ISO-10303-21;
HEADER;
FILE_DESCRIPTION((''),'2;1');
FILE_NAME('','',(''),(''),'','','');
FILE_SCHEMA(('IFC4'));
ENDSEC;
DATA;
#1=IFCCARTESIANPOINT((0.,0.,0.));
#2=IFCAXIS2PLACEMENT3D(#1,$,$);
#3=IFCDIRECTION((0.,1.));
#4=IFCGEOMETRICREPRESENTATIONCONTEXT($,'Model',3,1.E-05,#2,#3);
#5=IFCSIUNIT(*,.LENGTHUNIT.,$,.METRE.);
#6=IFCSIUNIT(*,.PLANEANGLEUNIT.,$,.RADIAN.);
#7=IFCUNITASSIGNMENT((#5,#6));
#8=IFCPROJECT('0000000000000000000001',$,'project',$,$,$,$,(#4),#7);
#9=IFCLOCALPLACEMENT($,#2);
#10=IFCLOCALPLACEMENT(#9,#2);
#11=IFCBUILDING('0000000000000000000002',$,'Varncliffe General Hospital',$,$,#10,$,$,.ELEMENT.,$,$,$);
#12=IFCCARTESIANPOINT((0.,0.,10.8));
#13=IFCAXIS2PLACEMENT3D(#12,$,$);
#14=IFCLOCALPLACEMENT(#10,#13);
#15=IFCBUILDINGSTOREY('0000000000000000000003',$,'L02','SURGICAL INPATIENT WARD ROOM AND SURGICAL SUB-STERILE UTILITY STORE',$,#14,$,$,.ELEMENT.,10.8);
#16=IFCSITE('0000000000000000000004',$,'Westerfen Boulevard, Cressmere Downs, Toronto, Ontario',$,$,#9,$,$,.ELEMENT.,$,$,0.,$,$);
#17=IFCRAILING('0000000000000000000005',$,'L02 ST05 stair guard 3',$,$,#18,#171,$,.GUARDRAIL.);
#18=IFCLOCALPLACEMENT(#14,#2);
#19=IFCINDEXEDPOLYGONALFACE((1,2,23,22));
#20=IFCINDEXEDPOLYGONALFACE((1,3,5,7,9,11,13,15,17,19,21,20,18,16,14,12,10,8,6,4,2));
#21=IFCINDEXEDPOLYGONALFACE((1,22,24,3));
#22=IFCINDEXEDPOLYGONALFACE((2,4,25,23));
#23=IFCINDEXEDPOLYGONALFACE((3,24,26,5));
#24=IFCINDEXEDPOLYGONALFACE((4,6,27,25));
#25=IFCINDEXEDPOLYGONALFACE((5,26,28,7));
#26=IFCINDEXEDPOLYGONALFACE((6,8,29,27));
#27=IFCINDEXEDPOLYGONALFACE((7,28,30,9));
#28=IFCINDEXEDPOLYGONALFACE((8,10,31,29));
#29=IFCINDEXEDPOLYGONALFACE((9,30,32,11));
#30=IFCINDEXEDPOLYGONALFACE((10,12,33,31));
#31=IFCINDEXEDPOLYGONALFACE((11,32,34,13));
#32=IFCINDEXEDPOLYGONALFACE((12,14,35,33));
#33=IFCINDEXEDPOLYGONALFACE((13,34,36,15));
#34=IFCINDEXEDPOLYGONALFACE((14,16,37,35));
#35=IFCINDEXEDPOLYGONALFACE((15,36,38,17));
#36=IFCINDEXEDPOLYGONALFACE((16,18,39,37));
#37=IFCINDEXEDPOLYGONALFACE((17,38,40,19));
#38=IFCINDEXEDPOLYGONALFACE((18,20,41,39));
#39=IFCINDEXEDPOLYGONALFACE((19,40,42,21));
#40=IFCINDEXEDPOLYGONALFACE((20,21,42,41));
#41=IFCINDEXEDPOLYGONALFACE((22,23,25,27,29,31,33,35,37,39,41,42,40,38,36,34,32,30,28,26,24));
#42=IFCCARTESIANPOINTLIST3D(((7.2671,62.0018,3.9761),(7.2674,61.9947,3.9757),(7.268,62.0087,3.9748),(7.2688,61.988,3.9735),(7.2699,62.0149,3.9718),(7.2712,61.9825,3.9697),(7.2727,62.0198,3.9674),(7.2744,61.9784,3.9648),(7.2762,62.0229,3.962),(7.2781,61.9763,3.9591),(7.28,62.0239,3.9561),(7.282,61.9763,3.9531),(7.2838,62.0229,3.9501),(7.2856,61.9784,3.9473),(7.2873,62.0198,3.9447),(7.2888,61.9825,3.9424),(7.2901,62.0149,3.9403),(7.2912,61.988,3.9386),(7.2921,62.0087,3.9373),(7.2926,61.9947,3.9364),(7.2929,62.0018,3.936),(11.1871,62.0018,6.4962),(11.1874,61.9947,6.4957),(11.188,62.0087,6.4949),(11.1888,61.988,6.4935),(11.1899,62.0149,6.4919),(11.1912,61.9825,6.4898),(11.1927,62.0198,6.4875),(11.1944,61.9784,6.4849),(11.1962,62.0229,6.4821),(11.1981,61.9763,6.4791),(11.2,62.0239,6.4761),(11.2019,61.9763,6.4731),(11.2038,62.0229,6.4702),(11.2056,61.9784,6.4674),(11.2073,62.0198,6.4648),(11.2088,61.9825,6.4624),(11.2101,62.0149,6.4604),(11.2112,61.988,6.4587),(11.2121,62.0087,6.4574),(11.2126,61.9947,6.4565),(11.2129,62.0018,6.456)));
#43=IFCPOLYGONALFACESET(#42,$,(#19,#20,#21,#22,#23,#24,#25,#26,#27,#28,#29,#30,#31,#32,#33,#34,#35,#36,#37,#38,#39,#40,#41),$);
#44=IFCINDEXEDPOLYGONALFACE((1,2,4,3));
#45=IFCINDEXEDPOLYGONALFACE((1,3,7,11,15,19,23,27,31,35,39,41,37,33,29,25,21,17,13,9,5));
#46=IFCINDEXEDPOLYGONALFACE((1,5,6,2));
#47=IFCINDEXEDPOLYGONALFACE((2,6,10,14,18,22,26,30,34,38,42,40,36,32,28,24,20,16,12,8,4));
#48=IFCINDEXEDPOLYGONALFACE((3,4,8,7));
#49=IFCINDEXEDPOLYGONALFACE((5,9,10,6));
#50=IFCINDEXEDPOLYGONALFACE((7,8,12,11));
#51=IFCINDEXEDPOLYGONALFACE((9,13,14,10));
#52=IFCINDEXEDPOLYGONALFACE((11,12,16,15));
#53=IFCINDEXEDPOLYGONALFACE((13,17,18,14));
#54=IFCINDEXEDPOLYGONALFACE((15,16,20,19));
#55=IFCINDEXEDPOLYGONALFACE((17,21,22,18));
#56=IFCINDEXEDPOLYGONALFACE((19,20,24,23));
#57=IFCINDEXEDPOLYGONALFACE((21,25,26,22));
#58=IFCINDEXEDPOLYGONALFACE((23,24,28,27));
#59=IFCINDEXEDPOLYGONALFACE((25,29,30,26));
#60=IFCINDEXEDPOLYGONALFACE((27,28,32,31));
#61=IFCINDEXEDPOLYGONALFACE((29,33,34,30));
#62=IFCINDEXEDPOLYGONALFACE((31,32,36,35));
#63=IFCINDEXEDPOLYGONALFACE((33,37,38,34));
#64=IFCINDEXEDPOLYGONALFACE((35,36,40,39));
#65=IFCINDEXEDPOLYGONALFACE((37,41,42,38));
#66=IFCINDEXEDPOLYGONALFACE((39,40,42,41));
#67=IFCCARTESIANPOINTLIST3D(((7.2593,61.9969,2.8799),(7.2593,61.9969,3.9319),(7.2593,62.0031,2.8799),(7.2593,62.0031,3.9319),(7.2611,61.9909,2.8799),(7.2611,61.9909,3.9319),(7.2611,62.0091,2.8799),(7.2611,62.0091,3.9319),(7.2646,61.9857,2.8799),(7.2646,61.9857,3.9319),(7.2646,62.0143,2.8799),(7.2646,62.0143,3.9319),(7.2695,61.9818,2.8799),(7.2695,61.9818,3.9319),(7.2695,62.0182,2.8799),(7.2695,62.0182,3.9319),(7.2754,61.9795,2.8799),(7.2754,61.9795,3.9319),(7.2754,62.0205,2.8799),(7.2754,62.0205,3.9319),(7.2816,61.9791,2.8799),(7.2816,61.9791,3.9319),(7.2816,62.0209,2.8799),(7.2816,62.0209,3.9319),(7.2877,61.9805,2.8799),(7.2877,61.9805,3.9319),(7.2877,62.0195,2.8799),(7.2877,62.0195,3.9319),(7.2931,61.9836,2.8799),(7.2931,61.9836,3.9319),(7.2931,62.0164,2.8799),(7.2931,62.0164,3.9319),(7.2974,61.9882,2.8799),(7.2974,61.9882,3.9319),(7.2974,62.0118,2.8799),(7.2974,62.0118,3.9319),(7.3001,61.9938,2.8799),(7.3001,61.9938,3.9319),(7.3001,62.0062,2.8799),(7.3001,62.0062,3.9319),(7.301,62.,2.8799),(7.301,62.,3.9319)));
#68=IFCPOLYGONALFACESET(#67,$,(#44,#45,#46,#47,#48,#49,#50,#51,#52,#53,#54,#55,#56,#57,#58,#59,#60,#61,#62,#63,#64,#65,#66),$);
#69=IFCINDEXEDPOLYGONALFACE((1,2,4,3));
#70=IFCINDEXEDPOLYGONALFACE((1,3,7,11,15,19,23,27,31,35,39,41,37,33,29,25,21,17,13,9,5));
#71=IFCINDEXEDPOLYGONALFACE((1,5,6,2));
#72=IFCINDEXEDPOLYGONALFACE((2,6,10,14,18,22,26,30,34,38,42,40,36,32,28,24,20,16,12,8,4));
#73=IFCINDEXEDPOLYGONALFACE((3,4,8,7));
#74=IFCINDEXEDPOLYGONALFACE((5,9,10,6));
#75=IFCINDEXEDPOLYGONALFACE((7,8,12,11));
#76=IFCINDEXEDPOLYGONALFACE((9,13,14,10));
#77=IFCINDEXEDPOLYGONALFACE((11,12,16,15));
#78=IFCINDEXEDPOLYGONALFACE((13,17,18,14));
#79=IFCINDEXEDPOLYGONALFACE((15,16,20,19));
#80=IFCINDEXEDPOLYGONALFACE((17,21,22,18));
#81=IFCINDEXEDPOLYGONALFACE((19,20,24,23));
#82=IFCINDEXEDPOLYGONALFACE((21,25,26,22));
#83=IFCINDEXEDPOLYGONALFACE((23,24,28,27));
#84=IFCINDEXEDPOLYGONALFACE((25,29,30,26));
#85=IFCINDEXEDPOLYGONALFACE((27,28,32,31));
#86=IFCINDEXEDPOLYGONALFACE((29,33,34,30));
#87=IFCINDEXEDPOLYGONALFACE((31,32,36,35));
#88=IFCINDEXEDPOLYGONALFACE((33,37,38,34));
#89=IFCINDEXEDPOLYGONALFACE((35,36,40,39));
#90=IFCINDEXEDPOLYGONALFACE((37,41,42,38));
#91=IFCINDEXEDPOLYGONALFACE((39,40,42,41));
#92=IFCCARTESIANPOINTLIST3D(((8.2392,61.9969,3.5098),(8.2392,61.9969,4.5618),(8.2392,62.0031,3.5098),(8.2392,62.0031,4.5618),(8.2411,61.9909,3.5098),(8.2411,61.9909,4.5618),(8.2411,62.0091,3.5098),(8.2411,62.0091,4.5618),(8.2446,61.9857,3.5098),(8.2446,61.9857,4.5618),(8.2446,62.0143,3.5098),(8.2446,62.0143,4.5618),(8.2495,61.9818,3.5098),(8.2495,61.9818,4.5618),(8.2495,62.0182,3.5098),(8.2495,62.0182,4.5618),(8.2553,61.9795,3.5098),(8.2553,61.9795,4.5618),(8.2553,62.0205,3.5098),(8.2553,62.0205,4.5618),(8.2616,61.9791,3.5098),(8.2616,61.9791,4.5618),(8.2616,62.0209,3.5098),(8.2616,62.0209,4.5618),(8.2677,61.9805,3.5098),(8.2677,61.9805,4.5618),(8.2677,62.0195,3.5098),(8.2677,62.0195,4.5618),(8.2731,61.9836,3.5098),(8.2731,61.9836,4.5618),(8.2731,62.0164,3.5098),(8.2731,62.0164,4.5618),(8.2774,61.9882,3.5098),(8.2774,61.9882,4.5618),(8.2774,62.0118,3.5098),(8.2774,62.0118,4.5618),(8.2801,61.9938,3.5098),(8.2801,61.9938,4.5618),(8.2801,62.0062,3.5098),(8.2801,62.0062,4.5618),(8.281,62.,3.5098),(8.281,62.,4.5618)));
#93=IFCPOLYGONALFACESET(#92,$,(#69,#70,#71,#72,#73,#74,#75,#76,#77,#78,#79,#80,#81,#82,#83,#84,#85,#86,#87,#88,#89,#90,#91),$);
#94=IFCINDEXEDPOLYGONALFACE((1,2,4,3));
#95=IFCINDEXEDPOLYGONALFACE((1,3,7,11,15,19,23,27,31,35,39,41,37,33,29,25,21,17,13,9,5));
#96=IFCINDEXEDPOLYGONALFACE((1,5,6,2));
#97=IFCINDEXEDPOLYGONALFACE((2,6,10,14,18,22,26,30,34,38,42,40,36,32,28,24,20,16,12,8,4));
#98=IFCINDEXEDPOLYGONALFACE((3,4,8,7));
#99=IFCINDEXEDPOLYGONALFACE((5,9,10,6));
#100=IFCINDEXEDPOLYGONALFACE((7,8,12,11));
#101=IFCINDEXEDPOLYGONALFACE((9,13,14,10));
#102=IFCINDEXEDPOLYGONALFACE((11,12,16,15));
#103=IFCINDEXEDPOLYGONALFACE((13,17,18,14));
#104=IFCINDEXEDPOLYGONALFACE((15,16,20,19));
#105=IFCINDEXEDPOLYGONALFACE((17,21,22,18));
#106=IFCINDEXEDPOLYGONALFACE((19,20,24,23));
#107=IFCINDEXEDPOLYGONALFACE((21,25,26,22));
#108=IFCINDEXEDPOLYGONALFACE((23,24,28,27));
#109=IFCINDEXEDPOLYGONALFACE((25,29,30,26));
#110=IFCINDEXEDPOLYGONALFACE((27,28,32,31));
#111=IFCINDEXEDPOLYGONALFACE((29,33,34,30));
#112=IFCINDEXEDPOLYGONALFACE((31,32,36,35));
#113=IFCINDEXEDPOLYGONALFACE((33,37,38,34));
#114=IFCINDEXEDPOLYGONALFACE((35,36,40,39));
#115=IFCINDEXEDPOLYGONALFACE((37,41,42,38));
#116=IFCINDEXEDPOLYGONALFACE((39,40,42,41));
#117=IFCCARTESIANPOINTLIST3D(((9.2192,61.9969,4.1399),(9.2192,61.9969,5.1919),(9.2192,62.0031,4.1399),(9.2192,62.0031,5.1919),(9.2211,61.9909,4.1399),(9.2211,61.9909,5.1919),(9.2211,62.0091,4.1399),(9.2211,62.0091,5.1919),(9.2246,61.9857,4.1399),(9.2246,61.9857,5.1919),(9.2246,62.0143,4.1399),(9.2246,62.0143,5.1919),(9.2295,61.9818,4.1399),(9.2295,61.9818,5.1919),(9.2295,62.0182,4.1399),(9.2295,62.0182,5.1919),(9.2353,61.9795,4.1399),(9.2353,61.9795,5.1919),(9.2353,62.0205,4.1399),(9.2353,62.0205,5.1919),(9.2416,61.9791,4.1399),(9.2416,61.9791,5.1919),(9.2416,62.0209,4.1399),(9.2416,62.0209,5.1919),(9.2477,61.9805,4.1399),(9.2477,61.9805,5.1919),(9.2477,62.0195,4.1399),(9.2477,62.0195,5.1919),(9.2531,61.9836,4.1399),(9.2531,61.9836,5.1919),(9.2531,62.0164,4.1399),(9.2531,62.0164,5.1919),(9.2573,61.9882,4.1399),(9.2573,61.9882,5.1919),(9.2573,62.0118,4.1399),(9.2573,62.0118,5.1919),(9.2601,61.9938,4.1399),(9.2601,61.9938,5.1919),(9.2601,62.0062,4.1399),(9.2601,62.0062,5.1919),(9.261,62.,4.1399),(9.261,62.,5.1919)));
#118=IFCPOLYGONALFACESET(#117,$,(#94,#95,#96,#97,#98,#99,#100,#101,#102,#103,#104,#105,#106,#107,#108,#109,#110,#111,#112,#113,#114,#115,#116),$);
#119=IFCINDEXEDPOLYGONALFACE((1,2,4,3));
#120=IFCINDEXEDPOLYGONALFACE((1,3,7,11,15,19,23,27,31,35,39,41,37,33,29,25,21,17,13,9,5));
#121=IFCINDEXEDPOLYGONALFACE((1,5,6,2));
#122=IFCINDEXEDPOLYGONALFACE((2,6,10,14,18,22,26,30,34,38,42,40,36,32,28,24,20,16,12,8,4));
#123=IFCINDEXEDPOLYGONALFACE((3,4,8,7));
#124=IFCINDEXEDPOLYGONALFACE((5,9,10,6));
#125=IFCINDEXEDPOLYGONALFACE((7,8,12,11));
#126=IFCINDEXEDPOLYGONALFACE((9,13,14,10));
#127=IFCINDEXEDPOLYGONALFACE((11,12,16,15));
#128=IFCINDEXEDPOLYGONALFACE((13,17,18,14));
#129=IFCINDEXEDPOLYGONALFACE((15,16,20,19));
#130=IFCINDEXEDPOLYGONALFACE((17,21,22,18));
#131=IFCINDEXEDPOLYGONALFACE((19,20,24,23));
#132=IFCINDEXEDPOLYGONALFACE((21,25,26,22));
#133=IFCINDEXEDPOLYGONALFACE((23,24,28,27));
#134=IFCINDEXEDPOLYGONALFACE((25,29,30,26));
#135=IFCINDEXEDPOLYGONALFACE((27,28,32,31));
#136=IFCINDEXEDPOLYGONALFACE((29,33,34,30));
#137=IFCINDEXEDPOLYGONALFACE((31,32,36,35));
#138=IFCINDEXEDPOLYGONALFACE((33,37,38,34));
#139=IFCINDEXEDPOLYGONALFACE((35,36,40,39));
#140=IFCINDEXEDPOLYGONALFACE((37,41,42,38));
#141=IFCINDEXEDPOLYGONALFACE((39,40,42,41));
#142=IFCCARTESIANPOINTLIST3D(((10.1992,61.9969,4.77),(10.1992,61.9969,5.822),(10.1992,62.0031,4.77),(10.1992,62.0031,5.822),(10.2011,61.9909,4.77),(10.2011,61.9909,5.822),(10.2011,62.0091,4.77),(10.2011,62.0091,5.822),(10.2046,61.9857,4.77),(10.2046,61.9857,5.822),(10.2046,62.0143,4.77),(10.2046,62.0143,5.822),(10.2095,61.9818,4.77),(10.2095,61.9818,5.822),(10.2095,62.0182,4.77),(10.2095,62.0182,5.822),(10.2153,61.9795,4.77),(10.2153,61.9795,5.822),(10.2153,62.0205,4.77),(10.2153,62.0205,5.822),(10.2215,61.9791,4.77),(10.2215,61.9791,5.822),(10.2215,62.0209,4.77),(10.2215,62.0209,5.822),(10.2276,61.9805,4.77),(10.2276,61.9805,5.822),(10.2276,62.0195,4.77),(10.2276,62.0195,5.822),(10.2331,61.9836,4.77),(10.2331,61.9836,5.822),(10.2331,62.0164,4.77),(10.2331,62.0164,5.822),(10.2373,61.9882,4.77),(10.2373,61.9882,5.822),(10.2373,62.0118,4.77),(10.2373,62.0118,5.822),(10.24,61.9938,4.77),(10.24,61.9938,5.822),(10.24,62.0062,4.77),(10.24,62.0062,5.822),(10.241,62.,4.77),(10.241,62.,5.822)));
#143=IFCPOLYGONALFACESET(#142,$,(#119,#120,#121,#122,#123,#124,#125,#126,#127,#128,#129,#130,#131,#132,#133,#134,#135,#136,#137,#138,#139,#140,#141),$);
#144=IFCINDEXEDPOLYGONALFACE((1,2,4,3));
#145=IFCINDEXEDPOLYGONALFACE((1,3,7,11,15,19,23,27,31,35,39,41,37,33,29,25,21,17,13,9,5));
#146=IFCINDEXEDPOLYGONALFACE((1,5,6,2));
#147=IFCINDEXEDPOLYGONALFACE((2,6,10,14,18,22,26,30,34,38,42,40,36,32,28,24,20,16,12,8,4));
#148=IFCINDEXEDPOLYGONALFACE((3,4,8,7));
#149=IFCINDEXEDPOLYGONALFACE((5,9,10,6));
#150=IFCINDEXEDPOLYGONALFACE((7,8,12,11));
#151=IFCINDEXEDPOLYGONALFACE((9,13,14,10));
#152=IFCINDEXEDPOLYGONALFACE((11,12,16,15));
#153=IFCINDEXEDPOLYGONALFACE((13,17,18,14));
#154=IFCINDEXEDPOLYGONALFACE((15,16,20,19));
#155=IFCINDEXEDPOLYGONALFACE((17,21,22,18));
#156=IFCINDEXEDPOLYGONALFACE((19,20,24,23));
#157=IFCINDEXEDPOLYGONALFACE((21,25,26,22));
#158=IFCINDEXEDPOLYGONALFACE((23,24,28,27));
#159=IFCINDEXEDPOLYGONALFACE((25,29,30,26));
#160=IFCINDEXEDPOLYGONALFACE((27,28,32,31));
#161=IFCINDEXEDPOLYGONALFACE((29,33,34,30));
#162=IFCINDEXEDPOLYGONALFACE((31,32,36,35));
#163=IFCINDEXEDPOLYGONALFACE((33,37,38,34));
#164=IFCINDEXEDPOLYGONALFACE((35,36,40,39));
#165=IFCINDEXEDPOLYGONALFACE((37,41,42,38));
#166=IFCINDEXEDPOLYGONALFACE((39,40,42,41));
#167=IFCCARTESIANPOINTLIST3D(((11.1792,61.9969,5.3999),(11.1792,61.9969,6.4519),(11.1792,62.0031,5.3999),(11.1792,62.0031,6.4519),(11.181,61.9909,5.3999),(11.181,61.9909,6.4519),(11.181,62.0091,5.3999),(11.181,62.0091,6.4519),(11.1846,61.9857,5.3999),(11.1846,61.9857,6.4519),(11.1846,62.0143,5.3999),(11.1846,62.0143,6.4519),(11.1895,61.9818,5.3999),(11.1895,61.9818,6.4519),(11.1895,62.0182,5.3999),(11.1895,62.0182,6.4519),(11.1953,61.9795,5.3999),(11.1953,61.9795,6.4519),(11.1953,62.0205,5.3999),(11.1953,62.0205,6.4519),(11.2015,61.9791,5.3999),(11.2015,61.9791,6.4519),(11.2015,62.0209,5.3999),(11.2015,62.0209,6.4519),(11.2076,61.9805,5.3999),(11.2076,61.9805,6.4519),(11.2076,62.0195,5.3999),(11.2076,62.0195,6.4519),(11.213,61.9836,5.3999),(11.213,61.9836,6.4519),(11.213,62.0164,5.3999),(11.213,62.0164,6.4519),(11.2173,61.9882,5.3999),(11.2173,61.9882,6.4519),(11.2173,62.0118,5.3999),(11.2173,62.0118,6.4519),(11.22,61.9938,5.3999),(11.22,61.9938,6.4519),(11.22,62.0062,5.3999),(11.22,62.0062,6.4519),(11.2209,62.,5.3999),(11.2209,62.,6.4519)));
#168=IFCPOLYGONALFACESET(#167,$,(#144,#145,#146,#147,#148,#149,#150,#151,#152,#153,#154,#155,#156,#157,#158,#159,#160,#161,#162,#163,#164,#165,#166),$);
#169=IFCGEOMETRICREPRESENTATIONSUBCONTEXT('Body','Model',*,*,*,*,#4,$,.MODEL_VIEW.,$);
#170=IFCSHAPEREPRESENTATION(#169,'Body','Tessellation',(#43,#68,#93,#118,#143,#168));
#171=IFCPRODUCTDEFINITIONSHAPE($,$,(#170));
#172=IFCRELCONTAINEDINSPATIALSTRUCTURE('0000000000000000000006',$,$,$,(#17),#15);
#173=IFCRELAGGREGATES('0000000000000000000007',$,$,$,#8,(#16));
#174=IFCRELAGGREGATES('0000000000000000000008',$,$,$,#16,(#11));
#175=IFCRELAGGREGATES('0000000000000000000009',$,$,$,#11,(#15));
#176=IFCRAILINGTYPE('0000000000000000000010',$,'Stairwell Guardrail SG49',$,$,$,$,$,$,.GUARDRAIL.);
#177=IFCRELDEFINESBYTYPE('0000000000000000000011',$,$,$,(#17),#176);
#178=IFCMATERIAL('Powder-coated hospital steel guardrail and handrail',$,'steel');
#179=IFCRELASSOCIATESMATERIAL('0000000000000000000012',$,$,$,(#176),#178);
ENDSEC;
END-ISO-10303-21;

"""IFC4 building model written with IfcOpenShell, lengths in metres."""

from ifc_helpers import new_model, si_unit, direction, frame, origin, origin_2d, place, context, subcontext, project, spatial, circle, extrude, material, type_object, element, save


model = new_model("IFC4")

# Units and contexts
model_context = context("Model", 3, precision=1e-05, world=origin(), true_north=direction((0.0, 1.0)))
body_context = subcontext(model_context, "Body", "Model", "MODEL_VIEW")
ifc_project = project(units=[si_unit("LENGTHUNIT", "METRE"), si_unit("PLANEANGLEUNIT", "RADIAN")], contexts=[model_context])

# Site, building, storey
site_placement = place(None, origin())
site = spatial("IfcSite", under=ifc_project, at=site_placement, Name="Westerfen Boulevard, Cressmere Downs, Toronto, Ontario", CompositionType="ELEMENT", RefElevation=0.0)
building_placement = place(site_placement, origin())
building = spatial("IfcBuilding", under=site, at=building_placement, Name="Varncliffe General Hospital", CompositionType="ELEMENT")
storey_placement = place(building_placement, frame((0.0, 0.0, 10.8)))
storey = spatial("IfcBuildingStorey", under=building, at=storey_placement, Name="L02", Description="SURGICAL INPATIENT WARD ROOM AND SURGICAL SUB-STERILE UTILITY STORE", CompositionType="ELEMENT", Elevation=10.8)

# Railing
ifc_material_1 = material(Name="Powder-coated hospital steel guardrail and handrail", Category="steel")
railing_type_1 = type_object("IfcRailingType", Name="Stairwell Guardrail SG49", PredefinedType="GUARDRAIL", material=ifc_material_1)
railing_1_placement = place(storey_placement, frame((7.28, 62.0, 2.8799)))
element("IfcRailing", 1, at=railing_1_placement, inside=storey, type_object=railing_type_1, Name="L02 ST05 stair guard 3", PredefinedType="GUARDRAIL", context=body_context, shape_type="SweptSolid", body=[
    extrude(circle(Radius=0.0239, at=origin_2d()), frame((0.0, 0.0, 1.0762), z_axis=(0.841172, 0.0, 0.540768), x_axis=(0.0, 1.0, 0.0)), (0.0, 0.0, 1.0), 4.6602),
    extrude(circle(Radius=0.021, at=origin_2d()), origin(), (0.0, 0.0, 1.0), 1.052),
    extrude(circle(Radius=0.021, at=origin_2d()), frame((0.98, 0.0, 0.6299)), (0.0, 0.0, 1.0), 1.052),
    extrude(circle(Radius=0.021, at=origin_2d()), frame((1.96, 0.0, 1.26)), (0.0, 0.0, 1.0), 1.052),
    extrude(circle(Radius=0.021, at=origin_2d()), frame((2.9399, 0.0, 1.8901)), (0.0, 0.0, 1.0), 1.052),
    extrude(circle(Radius=0.021, at=origin_2d()), frame((3.9199, 0.0, 2.52)), (0.0, 0.0, 1.0), 1.052),
])

save(model, "model.ifc")
